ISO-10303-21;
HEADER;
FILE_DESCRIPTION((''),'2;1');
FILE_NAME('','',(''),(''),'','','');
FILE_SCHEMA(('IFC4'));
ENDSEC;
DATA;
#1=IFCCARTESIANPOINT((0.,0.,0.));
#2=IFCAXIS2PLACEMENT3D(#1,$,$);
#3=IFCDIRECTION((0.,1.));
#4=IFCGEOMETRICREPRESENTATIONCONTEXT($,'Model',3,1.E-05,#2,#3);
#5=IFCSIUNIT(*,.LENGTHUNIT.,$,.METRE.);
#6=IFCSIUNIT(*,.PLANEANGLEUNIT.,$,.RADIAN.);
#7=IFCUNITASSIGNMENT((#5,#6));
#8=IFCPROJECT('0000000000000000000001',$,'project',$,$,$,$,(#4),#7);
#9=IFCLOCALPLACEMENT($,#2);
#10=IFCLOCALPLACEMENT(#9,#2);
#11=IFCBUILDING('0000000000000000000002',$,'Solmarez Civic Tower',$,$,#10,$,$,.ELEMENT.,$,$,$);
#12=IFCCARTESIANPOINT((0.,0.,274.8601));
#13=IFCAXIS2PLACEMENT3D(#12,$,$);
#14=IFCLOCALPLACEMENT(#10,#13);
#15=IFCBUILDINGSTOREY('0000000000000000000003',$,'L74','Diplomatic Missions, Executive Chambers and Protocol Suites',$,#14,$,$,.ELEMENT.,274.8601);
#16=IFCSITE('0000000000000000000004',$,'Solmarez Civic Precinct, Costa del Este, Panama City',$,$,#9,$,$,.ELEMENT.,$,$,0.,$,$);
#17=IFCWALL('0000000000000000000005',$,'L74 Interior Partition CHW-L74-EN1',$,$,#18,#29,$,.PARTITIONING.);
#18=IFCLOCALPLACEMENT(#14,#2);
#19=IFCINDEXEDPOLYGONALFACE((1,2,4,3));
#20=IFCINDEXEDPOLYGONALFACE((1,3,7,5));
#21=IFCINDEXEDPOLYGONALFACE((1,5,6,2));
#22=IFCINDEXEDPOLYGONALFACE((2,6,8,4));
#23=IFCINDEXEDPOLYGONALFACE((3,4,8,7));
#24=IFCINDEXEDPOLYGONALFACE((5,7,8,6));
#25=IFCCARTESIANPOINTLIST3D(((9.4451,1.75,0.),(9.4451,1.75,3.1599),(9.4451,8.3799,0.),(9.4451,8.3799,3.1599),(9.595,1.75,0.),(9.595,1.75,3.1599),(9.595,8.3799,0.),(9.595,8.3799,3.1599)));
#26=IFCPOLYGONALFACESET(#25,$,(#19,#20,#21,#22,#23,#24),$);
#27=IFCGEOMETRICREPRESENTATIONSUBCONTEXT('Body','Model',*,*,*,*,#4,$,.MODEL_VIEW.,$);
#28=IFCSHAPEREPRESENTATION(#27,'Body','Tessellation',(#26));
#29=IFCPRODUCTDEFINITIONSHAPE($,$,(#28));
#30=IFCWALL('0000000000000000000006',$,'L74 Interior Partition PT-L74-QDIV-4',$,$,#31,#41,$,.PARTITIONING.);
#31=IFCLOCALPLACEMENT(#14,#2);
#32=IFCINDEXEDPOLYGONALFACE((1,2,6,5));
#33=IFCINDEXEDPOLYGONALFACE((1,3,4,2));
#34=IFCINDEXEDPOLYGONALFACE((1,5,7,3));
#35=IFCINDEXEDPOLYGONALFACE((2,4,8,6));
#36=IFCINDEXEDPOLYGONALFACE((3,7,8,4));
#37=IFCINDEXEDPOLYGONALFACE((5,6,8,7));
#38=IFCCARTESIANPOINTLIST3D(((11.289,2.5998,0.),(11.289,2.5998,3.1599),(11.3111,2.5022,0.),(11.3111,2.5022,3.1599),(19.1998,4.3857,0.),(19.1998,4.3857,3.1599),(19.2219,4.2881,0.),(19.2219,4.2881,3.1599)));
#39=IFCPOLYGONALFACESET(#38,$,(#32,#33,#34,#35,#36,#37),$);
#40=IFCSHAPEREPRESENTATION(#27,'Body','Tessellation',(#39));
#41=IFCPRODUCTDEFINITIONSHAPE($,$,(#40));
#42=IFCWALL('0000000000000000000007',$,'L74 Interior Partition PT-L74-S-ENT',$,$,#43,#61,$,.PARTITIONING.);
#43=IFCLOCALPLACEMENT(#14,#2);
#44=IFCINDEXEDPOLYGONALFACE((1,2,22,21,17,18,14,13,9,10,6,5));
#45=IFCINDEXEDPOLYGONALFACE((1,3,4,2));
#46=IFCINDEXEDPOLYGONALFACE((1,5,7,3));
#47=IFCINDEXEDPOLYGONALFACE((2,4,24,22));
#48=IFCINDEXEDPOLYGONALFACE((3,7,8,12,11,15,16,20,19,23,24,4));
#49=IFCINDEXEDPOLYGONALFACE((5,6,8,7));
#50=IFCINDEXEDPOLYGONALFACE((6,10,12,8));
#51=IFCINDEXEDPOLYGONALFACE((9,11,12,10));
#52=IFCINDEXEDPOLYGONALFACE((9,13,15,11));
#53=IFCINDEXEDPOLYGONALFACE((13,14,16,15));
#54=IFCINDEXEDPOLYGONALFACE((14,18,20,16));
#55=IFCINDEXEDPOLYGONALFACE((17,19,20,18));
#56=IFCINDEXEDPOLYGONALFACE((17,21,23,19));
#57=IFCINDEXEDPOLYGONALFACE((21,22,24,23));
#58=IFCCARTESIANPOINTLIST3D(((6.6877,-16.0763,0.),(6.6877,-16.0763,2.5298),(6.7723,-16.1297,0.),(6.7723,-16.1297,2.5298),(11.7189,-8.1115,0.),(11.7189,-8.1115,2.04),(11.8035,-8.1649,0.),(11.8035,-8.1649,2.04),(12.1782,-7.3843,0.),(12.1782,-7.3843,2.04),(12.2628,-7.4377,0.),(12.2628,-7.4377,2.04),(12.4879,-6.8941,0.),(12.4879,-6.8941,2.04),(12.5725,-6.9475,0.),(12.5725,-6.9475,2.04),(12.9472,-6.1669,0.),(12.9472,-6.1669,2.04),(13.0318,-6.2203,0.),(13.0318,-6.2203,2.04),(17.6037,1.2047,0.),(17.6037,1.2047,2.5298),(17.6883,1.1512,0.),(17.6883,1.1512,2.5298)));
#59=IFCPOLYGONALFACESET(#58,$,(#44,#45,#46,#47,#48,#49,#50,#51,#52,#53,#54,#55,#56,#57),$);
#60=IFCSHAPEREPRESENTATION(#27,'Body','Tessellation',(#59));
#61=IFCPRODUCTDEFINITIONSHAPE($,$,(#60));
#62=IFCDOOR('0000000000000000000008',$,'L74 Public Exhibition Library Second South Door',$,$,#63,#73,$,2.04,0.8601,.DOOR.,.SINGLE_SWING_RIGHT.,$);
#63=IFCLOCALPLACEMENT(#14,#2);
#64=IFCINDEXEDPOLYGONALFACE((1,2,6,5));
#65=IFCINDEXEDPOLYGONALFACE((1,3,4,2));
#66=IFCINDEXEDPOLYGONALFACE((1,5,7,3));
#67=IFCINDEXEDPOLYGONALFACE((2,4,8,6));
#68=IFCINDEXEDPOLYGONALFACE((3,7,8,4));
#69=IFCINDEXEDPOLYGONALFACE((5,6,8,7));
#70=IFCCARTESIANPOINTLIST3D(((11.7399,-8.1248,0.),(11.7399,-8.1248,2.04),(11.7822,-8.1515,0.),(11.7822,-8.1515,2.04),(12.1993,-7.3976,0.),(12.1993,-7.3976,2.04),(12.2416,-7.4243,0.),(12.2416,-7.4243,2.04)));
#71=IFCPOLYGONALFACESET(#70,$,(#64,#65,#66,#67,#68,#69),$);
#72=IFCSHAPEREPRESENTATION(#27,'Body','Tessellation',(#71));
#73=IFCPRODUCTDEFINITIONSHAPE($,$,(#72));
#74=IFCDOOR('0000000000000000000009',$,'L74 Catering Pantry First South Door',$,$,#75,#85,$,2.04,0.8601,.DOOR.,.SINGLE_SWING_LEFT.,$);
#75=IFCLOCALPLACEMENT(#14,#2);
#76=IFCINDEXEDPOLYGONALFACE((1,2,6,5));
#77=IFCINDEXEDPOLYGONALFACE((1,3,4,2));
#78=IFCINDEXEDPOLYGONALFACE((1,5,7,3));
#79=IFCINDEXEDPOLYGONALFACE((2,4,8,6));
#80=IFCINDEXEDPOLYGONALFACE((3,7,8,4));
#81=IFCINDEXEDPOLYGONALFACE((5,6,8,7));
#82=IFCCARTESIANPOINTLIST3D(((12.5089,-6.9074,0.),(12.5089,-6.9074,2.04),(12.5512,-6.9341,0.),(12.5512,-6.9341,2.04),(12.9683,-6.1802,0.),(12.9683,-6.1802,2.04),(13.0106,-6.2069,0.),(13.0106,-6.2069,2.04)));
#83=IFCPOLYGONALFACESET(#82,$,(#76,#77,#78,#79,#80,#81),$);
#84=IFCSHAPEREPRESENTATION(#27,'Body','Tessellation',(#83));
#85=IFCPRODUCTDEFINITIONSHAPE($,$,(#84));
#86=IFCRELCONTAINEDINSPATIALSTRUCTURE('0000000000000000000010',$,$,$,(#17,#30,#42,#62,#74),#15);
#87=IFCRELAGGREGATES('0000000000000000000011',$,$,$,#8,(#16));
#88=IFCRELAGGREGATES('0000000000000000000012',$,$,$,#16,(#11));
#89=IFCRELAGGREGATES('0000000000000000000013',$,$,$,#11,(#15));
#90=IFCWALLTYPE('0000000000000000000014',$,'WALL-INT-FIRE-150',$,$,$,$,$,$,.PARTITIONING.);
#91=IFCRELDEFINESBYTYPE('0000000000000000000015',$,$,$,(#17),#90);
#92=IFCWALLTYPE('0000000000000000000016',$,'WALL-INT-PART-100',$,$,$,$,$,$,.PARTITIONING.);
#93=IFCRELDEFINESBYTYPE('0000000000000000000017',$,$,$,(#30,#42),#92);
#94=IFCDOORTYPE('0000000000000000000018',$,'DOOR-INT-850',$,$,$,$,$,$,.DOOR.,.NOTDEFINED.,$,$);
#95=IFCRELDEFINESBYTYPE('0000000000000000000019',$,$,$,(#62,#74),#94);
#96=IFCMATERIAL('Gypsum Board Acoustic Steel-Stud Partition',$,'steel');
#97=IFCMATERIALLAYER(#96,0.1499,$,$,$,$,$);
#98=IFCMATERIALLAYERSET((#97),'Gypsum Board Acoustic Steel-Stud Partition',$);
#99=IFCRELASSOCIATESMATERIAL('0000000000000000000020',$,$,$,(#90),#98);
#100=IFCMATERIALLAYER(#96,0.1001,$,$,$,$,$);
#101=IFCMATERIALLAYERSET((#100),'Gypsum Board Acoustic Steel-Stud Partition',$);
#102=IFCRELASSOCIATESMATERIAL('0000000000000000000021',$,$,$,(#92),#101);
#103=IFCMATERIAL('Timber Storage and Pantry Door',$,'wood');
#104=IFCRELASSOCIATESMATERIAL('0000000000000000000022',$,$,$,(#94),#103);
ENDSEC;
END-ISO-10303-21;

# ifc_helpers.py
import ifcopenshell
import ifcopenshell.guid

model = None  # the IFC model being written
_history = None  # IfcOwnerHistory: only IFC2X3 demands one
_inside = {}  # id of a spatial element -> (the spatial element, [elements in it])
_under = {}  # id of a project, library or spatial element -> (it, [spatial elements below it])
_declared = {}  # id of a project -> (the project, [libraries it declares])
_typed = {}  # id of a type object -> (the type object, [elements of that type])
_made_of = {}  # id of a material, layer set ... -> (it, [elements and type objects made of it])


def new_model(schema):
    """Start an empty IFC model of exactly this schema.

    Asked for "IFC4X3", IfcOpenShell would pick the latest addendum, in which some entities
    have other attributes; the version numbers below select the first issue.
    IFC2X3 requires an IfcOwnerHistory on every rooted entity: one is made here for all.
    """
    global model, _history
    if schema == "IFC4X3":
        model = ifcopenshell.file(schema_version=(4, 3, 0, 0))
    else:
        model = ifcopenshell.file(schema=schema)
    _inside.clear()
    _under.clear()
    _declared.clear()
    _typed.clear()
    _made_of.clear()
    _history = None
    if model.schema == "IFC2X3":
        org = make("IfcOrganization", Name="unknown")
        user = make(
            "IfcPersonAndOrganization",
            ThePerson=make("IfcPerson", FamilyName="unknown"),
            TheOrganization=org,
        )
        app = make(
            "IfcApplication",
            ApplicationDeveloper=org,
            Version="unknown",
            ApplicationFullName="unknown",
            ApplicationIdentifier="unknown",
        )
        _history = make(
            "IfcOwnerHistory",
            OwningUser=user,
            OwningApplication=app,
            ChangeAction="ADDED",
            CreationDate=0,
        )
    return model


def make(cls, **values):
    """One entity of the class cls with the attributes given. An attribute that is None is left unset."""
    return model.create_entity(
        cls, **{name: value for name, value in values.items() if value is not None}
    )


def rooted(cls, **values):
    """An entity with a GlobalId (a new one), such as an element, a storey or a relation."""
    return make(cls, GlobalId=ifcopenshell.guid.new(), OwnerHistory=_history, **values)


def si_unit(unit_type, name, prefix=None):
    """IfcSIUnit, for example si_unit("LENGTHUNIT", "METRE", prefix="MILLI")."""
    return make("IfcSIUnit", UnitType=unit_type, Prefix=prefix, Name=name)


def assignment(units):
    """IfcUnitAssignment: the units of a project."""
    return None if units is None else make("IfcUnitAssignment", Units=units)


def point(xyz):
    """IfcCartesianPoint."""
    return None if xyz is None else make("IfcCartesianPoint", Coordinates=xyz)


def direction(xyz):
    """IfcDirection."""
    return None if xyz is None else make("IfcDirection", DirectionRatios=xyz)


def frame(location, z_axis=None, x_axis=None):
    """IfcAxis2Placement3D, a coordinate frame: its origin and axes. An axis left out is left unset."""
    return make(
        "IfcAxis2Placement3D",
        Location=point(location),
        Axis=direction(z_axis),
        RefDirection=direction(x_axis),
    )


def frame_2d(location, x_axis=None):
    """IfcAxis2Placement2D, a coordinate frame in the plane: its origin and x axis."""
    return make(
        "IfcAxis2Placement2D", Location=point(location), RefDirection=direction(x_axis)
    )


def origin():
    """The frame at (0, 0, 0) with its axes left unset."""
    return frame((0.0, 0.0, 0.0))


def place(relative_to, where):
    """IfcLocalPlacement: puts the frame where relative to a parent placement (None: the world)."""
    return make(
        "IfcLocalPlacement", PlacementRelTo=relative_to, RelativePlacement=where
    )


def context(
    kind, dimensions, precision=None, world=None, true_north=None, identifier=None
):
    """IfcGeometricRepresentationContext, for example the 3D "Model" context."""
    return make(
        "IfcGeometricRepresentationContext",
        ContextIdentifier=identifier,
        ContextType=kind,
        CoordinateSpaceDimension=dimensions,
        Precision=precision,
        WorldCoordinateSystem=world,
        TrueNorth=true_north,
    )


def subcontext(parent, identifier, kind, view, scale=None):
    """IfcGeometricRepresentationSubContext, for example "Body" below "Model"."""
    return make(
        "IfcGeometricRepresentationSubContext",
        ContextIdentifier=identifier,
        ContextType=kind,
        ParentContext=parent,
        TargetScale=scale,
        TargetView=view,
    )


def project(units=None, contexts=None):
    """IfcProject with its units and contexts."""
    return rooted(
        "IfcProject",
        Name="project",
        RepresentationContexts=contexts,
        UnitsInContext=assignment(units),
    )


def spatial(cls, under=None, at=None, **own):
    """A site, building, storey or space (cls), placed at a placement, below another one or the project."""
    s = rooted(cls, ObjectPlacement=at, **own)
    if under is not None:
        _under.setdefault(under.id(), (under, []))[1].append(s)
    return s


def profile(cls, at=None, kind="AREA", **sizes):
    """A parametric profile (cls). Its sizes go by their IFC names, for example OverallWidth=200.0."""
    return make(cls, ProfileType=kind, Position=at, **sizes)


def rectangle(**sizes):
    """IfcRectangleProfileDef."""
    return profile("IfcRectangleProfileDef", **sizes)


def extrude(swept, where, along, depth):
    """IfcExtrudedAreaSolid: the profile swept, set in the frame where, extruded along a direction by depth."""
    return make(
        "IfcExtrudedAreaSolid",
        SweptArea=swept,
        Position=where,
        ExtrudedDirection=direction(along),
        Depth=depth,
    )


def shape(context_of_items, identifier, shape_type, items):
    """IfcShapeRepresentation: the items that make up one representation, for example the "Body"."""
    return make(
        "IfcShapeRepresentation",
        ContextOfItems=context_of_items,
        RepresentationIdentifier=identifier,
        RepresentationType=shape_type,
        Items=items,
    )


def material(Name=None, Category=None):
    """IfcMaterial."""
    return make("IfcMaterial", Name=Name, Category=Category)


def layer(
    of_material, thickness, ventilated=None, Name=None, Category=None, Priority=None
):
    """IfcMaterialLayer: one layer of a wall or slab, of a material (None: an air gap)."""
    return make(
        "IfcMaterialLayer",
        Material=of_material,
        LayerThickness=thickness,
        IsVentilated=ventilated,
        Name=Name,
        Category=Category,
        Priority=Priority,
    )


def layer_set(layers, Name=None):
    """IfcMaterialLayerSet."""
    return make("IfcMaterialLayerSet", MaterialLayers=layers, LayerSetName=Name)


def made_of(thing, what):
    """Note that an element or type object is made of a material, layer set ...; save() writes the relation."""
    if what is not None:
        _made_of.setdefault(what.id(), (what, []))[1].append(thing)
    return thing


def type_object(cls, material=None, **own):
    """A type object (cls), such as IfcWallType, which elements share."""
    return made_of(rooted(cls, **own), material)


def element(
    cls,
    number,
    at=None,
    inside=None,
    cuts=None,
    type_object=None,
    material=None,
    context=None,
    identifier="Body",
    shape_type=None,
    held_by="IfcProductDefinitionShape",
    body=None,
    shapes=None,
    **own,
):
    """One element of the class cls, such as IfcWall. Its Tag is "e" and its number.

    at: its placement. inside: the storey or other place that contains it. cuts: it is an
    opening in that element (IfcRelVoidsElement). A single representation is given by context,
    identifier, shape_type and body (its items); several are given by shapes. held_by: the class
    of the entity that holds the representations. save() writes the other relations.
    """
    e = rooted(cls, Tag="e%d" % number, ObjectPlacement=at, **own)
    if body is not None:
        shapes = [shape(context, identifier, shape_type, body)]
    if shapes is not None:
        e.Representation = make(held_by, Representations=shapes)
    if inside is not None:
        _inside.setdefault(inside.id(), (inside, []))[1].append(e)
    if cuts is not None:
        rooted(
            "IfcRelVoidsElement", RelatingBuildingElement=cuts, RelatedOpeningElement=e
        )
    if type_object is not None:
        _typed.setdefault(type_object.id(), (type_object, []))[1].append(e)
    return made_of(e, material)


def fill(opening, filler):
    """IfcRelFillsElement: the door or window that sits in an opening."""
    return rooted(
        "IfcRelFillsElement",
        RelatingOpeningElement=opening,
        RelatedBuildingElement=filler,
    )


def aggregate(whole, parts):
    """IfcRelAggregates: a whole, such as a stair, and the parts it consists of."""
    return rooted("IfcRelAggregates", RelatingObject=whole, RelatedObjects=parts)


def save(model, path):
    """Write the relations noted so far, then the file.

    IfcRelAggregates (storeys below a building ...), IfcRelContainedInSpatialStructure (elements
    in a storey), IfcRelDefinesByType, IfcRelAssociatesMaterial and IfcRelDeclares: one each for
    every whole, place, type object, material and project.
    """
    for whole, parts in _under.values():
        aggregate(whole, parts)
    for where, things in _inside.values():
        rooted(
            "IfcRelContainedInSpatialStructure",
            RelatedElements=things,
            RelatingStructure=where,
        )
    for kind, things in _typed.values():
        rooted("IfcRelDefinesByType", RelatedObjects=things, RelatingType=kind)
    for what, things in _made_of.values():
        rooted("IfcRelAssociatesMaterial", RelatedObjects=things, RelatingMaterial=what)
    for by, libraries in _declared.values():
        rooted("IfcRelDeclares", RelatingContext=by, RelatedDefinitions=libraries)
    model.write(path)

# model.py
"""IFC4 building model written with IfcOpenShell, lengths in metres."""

from ifc_helpers import new_model, si_unit, direction, frame, frame_2d, origin, place, context, subcontext, project, spatial, rectangle, extrude, material, layer, layer_set, type_object, element, fill, save


model = new_model("IFC4")

# Units and contexts
model_context = context("Model", 3, precision=1e-05, world=origin(), true_north=direction((0.0, 1.0)))
body_context = subcontext(model_context, "Body", "Model", "MODEL_VIEW")
ifc_project = project(units=[si_unit("LENGTHUNIT", "METRE"), si_unit("PLANEANGLEUNIT", "RADIAN")], contexts=[model_context])

# Site, building, storey
site_placement = place(None, origin())
site = spatial("IfcSite", under=ifc_project, at=site_placement, Name="Solmarez Civic Precinct, Costa del Este, Panama City", CompositionType="ELEMENT", RefElevation=0.0)
building_placement = place(site_placement, origin())
building = spatial("IfcBuilding", under=site, at=building_placement, Name="Solmarez Civic Tower", CompositionType="ELEMENT")
storey_placement = place(building_placement, frame((0.0, 0.0, 274.8601)))
storey = spatial("IfcBuildingStorey", under=building, at=storey_placement, Name="L74", Description="Diplomatic Missions, Executive Chambers and Protocol Suites", CompositionType="ELEMENT", Elevation=274.8601)

# Walls
ifc_material_1 = material(Name="Gypsum Board Acoustic Steel-Stud Partition", Category="steel")
ifc_layer_1 = layer(ifc_material_1, 0.1499)
ifc_layer_set_1 = layer_set([ifc_layer_1], Name="Gypsum Board Acoustic Steel-Stud Partition")
wall_type_1 = type_object("IfcWallType", Name="WALL-INT-FIRE-150", PredefinedType="PARTITIONING", material=ifc_layer_set_1)
wall_1_placement = place(storey_placement, frame((9.52, 1.75, 0.0), z_axis=(0.0, 0.0, 1.0), x_axis=(0.0, 1.0, 0.0)))
element("IfcWall", 1, at=wall_1_placement, inside=storey, type_object=wall_type_1, Name="L74 Interior Partition CHW-L74-EN1", PredefinedType="PARTITIONING", context=body_context, shape_type="SweptSolid", body=[
    extrude(rectangle(XDim=6.6299, YDim=0.1499, at=frame_2d((3.3149, 0.0))), origin(), (0.0, 0.0, 1.0), 3.1599),
])
ifc_layer_2 = layer(ifc_material_1, 0.1001)
ifc_layer_set_2 = layer_set([ifc_layer_2], Name="Gypsum Board Acoustic Steel-Stud Partition")
wall_type_2 = type_object("IfcWallType", Name="WALL-INT-PART-100", PredefinedType="PARTITIONING", material=ifc_layer_set_2)
wall_2_placement = place(storey_placement, frame((11.3, 2.551, 0.0), z_axis=(0.0, 0.0, 1.0), x_axis=(0.975453, 0.220209, 0.0)))
element("IfcWall", 2, at=wall_2_placement, inside=storey, type_object=wall_type_2, Name="L74 Interior Partition PT-L74-QDIV-4", PredefinedType="PARTITIONING", context=body_context, shape_type="SweptSolid", body=[
    extrude(rectangle(XDim=8.1099, YDim=0.1001, at=frame_2d((4.0549, 0.0))), origin(), (0.0, 0.0, 1.0), 3.1599),
])

# Wall, openings, doors
wall_3_placement = place(storey_placement, frame((17.646, 1.178, 0.0), z_axis=(0.0, 0.0, 1.0), x_axis=(-0.534052, -0.845451, 0.0)))
wall_3 = element("IfcWall", 3, at=wall_3_placement, inside=storey, type_object=wall_type_2, Name="L74 Interior Partition PT-L74-S-ENT", PredefinedType="PARTITIONING", context=body_context, shape_type="SweptSolid", body=[
    extrude(rectangle(XDim=20.4399, YDim=0.1001, at=frame_2d((10.22, 0.0))), origin(), (0.0, 0.0, 1.0), 2.5298),
])
opening_1_placement = place(wall_3_placement, frame((10.1589, 0.0, 0.0)))
opening_1 = element("IfcOpeningElement", 4, at=opening_1_placement, cuts=wall_3, PredefinedType="OPENING", context=body_context, shape_type="SweptSolid", body=[
    extrude(rectangle(XDim=0.8601, YDim=2.04, at=frame_2d((0.4302, 1.02))), frame((0.0, 0.0601, 0.0), z_axis=(0.0, -1.0, 0.0), x_axis=(1.0, 0.0, 0.0)), (0.0, 0.0, 1.0), 0.1201),
])
opening_2_placement = place(wall_3_placement, frame((8.719, 0.0, 0.0)))
opening_2 = element("IfcOpeningElement", 5, at=opening_2_placement, cuts=wall_3, PredefinedType="OPENING", context=body_context, shape_type="SweptSolid", body=[
    extrude(rectangle(XDim=0.8601, YDim=2.04, at=frame_2d((0.4302, 1.02))), frame((0.0, 0.0601, 0.0), z_axis=(0.0, -1.0, 0.0), x_axis=(1.0, 0.0, 0.0)), (0.0, 0.0, 1.0), 0.1201),
])
ifc_material_2 = material(Name="Timber Storage and Pantry Door", Category="wood")
door_type = type_object("IfcDoorType", Name="DOOR-INT-850", OperationType="NOTDEFINED", PredefinedType="DOOR", material=ifc_material_2)
door_1_placement = place(opening_1_placement, origin())
door_1 = element("IfcDoor", 6, at=door_1_placement, inside=storey, type_object=door_type, Name="L74 Public Exhibition Library Second South Door", OperationType="SINGLE_SWING_RIGHT", OverallHeight=2.04, OverallWidth=0.8601, PredefinedType="DOOR", context=body_context, shape_type="SweptSolid", body=[
    extrude(rectangle(XDim=0.8601, YDim=2.04, at=frame_2d((0.4302, 1.02))), frame((0.0, 0.0249, 0.0), z_axis=(0.0, -1.0, 0.0), x_axis=(1.0, 0.0, 0.0)), (0.0, 0.0, 1.0), 0.05),
])
fill(opening_1, door_1)
door_2_placement = place(opening_2_placement, origin())
door_2 = element("IfcDoor", 7, at=door_2_placement, inside=storey, type_object=door_type, Name="L74 Catering Pantry First South Door", OperationType="SINGLE_SWING_LEFT", OverallHeight=2.04, OverallWidth=0.8601, PredefinedType="DOOR", context=body_context, shape_type="SweptSolid", body=[
    extrude(rectangle(XDim=0.8601, YDim=2.04, at=frame_2d((0.4302, 1.02))), frame((0.0, 0.0249, 0.0), z_axis=(0.0, -1.0, 0.0), x_axis=(1.0, 0.0, 0.0)), (0.0, 0.0, 1.0), 0.05),
])
fill(opening_2, door_2)

save(model, "model.ifc")
